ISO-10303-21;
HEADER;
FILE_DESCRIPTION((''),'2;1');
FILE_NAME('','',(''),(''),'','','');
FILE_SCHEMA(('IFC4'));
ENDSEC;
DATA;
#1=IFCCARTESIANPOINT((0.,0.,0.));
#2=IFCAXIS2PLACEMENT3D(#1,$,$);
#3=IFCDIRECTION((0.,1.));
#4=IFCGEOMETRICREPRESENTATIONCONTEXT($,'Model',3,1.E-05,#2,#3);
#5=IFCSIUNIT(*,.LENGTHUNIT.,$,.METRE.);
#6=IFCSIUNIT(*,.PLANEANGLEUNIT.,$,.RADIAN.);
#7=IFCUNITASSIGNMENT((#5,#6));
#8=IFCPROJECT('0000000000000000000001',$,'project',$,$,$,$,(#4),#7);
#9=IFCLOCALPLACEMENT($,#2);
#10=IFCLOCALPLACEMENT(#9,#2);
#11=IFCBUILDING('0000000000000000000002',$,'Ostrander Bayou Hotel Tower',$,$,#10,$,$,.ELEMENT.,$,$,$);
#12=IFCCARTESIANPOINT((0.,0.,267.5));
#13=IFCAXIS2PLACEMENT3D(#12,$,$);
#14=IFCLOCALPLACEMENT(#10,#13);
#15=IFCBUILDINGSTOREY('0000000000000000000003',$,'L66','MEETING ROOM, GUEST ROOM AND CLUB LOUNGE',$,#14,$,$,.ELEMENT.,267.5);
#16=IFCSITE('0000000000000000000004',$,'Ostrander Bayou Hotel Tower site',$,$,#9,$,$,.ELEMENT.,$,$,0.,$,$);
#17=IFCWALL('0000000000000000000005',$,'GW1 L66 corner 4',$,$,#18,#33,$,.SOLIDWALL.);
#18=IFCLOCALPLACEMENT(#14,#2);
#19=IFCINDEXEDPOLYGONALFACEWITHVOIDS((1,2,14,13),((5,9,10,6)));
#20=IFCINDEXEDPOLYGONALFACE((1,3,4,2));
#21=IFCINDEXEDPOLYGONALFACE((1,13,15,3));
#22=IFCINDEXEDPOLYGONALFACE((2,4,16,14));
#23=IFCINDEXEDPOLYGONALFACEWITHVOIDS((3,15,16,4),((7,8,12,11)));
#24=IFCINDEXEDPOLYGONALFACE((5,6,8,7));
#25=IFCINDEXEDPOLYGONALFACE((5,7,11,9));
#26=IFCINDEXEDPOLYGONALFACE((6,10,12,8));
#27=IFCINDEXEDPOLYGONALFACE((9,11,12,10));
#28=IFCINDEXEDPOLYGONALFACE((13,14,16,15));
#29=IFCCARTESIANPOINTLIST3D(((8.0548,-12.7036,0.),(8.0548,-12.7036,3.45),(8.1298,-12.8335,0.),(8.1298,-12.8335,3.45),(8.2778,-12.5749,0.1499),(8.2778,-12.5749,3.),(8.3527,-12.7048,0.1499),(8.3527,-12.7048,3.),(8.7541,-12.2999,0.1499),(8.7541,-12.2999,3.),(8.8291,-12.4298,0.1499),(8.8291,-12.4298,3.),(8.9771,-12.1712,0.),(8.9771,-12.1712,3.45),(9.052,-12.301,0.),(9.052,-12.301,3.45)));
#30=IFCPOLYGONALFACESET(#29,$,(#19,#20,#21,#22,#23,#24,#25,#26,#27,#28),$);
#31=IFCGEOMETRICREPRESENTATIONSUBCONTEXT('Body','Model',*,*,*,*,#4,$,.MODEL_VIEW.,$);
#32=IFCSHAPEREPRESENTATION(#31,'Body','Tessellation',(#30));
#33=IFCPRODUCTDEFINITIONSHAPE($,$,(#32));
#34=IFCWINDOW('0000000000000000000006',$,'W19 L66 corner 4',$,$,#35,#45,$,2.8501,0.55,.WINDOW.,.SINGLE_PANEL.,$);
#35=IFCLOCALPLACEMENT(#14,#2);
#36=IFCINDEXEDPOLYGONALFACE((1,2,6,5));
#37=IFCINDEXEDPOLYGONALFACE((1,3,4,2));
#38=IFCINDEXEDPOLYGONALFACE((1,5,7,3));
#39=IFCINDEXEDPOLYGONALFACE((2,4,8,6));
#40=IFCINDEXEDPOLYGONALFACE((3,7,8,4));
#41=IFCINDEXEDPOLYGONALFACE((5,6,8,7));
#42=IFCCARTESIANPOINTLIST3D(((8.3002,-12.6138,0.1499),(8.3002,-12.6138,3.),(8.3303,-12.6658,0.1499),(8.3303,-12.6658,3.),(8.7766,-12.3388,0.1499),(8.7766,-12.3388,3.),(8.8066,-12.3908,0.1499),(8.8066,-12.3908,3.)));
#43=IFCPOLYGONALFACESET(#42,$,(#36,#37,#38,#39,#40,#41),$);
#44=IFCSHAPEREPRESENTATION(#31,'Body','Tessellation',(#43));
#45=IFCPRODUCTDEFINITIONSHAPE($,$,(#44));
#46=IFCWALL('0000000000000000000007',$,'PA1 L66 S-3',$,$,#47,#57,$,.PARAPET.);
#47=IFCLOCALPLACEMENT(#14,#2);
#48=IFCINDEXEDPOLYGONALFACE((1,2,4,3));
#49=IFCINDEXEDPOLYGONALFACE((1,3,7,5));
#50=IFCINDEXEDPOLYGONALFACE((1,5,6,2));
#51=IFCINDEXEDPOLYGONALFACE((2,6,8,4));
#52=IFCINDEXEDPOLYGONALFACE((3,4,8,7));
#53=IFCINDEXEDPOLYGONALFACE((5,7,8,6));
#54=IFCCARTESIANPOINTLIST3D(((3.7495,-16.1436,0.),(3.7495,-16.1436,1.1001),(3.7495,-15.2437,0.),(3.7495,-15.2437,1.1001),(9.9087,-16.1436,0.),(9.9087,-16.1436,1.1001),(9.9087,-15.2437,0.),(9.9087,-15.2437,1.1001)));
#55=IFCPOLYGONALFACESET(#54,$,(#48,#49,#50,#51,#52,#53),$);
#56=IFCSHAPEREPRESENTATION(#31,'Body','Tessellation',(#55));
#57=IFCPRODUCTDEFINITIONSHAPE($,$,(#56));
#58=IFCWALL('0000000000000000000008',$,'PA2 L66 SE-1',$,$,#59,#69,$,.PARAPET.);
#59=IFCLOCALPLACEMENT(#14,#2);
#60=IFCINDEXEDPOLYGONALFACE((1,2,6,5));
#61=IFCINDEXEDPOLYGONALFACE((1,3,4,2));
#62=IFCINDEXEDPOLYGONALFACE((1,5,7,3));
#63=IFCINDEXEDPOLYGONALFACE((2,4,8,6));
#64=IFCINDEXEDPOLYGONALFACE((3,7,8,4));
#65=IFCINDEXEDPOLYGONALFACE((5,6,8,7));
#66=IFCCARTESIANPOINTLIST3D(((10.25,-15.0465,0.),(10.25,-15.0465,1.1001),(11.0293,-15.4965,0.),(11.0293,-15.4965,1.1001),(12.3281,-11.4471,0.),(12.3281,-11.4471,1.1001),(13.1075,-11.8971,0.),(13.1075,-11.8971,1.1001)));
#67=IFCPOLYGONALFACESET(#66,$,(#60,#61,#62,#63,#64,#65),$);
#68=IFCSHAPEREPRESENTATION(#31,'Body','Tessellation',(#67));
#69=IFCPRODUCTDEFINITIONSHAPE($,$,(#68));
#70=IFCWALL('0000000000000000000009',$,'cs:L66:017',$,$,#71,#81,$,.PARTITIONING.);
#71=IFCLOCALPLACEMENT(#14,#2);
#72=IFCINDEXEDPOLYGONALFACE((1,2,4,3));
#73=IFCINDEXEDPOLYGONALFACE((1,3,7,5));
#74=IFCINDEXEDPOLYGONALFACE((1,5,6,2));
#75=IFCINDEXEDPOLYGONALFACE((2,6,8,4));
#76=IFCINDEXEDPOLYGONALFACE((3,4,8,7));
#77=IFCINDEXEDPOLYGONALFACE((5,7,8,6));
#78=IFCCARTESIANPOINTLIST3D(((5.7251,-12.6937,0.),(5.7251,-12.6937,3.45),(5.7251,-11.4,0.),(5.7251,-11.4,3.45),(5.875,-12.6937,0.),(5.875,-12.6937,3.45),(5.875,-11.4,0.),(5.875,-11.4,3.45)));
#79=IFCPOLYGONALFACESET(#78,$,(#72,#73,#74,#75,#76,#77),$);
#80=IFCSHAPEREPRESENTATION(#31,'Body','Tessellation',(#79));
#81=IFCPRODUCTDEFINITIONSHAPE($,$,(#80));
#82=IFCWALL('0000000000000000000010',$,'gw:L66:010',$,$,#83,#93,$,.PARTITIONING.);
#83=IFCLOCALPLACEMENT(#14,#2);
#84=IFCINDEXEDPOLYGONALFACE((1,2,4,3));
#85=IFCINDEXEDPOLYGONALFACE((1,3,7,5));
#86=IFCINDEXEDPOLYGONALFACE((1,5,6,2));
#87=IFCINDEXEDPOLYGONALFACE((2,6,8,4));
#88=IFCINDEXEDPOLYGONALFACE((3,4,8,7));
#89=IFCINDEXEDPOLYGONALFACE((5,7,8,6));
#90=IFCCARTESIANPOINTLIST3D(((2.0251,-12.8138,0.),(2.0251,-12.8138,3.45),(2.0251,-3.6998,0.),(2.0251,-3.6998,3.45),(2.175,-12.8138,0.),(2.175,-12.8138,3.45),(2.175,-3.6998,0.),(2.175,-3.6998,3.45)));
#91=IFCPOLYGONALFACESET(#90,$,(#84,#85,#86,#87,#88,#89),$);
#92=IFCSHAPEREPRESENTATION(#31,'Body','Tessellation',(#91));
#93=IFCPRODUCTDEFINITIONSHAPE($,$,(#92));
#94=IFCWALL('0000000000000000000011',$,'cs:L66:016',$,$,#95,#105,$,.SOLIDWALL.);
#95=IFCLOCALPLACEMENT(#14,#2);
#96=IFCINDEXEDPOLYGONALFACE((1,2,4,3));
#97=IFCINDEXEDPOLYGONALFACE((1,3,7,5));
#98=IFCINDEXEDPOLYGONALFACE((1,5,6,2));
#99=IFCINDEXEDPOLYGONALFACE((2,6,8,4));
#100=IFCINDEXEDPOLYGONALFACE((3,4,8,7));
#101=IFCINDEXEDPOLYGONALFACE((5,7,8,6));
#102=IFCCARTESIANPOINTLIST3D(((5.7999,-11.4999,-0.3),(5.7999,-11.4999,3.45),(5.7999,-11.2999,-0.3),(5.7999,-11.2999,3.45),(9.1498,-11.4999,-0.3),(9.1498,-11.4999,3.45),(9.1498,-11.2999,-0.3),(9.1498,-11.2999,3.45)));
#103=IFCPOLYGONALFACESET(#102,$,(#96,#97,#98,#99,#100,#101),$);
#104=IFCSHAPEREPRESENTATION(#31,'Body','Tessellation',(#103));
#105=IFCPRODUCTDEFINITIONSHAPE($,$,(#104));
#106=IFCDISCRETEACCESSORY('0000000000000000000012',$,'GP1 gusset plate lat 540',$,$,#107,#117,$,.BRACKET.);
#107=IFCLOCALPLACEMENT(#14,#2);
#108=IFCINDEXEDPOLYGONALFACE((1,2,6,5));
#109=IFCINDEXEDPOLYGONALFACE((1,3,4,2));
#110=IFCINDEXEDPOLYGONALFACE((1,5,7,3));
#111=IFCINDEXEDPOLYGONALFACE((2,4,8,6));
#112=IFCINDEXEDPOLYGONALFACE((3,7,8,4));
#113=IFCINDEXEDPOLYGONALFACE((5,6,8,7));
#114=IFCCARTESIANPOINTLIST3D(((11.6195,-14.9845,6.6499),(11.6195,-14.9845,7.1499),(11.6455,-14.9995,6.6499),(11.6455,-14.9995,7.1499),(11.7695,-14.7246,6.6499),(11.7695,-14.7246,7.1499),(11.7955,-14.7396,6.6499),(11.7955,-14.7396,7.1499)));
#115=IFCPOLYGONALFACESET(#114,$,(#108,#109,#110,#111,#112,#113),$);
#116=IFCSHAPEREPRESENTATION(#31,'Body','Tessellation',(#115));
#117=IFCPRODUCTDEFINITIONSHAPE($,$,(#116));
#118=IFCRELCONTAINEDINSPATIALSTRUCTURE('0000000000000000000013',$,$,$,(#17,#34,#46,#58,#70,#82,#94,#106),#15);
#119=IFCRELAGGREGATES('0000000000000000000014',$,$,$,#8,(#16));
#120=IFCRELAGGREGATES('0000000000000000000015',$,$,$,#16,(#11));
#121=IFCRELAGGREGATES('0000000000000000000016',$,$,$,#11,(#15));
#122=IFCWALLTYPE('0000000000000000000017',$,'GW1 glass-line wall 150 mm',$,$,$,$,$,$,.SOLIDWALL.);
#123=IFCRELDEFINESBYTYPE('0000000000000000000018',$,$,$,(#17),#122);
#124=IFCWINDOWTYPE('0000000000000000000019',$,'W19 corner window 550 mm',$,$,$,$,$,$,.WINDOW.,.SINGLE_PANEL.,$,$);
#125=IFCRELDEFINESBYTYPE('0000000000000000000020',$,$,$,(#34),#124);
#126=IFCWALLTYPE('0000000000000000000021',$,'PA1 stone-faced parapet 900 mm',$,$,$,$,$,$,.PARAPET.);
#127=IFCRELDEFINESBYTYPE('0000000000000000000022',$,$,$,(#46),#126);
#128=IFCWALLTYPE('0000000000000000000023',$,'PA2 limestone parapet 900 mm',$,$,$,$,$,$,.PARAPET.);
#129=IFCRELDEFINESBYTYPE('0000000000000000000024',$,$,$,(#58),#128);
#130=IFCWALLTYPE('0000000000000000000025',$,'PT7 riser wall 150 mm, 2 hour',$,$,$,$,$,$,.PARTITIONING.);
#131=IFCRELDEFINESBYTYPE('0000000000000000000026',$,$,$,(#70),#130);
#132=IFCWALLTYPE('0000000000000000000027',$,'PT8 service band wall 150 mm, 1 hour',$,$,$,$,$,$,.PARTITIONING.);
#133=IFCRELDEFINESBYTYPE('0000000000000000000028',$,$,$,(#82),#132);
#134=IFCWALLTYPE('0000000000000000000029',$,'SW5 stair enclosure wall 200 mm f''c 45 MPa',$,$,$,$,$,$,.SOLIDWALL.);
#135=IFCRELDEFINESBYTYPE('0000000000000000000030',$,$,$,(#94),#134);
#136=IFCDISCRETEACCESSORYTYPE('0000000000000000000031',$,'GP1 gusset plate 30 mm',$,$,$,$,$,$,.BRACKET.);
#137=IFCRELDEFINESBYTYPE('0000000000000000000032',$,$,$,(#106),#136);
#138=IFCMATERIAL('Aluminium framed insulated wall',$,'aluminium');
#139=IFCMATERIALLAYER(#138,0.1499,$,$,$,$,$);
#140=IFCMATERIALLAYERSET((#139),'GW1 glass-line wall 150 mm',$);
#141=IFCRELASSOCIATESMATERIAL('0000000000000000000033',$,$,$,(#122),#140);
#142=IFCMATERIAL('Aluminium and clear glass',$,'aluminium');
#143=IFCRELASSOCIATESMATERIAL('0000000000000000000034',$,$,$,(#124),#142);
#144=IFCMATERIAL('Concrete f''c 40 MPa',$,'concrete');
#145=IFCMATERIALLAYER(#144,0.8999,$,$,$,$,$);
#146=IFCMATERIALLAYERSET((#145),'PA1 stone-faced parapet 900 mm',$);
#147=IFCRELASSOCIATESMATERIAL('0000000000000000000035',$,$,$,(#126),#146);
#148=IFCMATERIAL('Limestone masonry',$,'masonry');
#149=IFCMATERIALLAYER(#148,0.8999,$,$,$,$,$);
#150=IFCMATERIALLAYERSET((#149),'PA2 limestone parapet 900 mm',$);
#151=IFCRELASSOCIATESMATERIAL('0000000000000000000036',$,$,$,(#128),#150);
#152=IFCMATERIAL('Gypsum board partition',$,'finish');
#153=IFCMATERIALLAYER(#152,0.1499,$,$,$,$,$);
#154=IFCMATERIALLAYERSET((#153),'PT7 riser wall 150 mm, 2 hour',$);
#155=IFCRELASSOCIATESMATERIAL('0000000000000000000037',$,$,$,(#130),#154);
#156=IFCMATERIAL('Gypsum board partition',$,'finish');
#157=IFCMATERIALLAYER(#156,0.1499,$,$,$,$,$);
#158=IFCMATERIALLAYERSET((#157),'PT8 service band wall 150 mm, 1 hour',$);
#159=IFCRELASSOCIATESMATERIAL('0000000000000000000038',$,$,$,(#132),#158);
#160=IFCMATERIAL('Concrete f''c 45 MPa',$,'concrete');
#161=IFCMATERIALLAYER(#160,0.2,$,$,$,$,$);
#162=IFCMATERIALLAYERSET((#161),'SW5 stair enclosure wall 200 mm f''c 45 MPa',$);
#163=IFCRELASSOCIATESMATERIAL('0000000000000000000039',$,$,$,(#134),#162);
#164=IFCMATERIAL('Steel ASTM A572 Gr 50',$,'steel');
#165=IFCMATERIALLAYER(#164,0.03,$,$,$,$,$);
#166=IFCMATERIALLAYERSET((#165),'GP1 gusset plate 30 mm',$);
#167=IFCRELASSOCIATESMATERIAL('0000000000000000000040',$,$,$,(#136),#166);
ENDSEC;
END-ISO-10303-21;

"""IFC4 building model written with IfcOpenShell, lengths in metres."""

from ifc_helpers import new_model, si_unit, direction, frame, frame_2d, origin, origin_2d, place, context, subcontext, project, spatial, rectangle, extrude, material, layer, layer_set, type_object, element, fill, save


model = new_model("IFC4")

# Units and contexts
model_context = context("Model", 3, precision=1e-05, world=origin(), true_north=direction((0.0, 1.0)))
body_context = subcontext(model_context, "Body", "Model", "MODEL_VIEW")
ifc_project = project(units=[si_unit("LENGTHUNIT", "METRE"), si_unit("PLANEANGLEUNIT", "RADIAN")], contexts=[model_context])

# Site, building, storey
site_placement = place(None, origin())
site = spatial("IfcSite", under=ifc_project, at=site_placement, Name="Ostrander Bayou Hotel Tower site", CompositionType="ELEMENT", RefElevation=0.0)
building_placement = place(site_placement, origin())
building = spatial("IfcBuilding", under=site, at=building_placement, Name="Ostrander Bayou Hotel Tower", CompositionType="ELEMENT")
storey_placement = place(building_placement, frame((0.0, 0.0, 267.5)))
storey = spatial("IfcBuildingStorey", under=building, at=storey_placement, Name="L66", Description="MEETING ROOM, GUEST ROOM AND CLUB LOUNGE", CompositionType="ELEMENT", Elevation=267.5)

# Shared definitions
ifc_material_1 = material(Name="Aluminium framed insulated wall", Category="aluminium")
ifc_layer_1 = layer(ifc_material_1, 0.1499)
ifc_layer_set_1 = layer_set([ifc_layer_1], Name="GW1 glass-line wall 150 mm")
wall_type_1 = type_object("IfcWallType", Name="GW1 glass-line wall 150 mm", PredefinedType="SOLIDWALL", material=ifc_layer_set_1)

# Wall, opening, window
wall_1_placement = place(storey_placement, frame((8.0923, -12.7686, 0.0), z_axis=(0.0, 0.0, 1.0), x_axis=(0.866048, 0.499961, 0.0)))
wall_1 = element("IfcWall", 1, at=wall_1_placement, inside=storey, type_object=wall_type_1, Name="GW1 L66 corner 4", PredefinedType="SOLIDWALL", context=body_context, shape_type="SweptSolid", body=[
    extrude(rectangle(XDim=1.0649, YDim=0.1499, at=frame_2d((0.5325, 0.0))), origin(), (0.0, 0.0, 1.0), 3.45),
])
opening_1_placement = place(wall_1_placement, frame((0.2576, 0.0, 0.1499)))
opening_1 = element("IfcOpeningElement", 2, at=opening_1_placement, cuts=wall_1, PredefinedType="OPENING", context=body_context, shape_type="SweptSolid", body=[
    extrude(rectangle(XDim=0.55, YDim=2.8501, at=frame_2d((0.2749, 1.425))), frame((0.0, 0.075, 0.0), z_axis=(0.0, -1.0, 0.0), x_axis=(1.0, 0.0, 0.0)), (0.0, 0.0, 1.0), 0.1499),
])
ifc_material_2 = material(Name="Aluminium and clear glass", Category="aluminium")
window_type_1 = type_object("IfcWindowType", Name="W19 corner window 550 mm", PartitioningType="SINGLE_PANEL", PredefinedType="WINDOW", material=ifc_material_2)
window_1_placement = place(opening_1_placement, origin())
window_1 = element("IfcWindow", 3, at=window_1_placement, inside=storey, type_object=window_type_1, Name="W19 L66 corner 4", OverallHeight=2.8501, OverallWidth=0.55, PartitioningType="SINGLE_PANEL", PredefinedType="WINDOW", context=body_context, shape_type="SweptSolid", body=[
    extrude(rectangle(XDim=0.55, YDim=2.8501, at=frame_2d((0.2749, 1.425))), frame((0.0, 0.03, 0.0), z_axis=(0.0, -1.0, 0.0), x_axis=(1.0, 0.0, 0.0)), (0.0, 0.0, 1.0), 0.0601),
])
fill(opening_1, window_1)

# Walls
ifc_material_3 = material(Name="Concrete f'c 40 MPa", Category="concrete")
ifc_layer_2 = layer(ifc_material_3, 0.8999)
ifc_layer_set_2 = layer_set([ifc_layer_2], Name="PA1 stone-faced parapet 900 mm")
wall_type_2 = type_object("IfcWallType", Name="PA1 stone-faced parapet 900 mm", PredefinedType="PARAPET", material=ifc_layer_set_2)
wall_2_placement = place(storey_placement, frame((3.7495, -15.6936, 0.0), z_axis=(0.0, 0.0, 1.0), x_axis=(1.0, 0.0, 0.0)))
element("IfcWall", 4, at=wall_2_placement, inside=storey, type_object=wall_type_2, Name="PA1 L66 S-3", PredefinedType="PARAPET", context=body_context, shape_type="SweptSolid", body=[
    extrude(rectangle(XDim=6.1592, YDim=0.8999, at=frame_2d((3.0796, 0.0))), origin(), (0.0, 0.0, 1.0), 1.1001),
])
ifc_material_4 = material(Name="Limestone masonry", Category="masonry")
ifc_layer_3 = layer(ifc_material_4, 0.8999)
ifc_layer_set_3 = layer_set([ifc_layer_3], Name="PA2 limestone parapet 900 mm")
wall_type_3 = type_object("IfcWallType", Name="PA2 limestone parapet 900 mm", PredefinedType="PARAPET", material=ifc_layer_set_3)
wall_3_placement = place(storey_placement, frame((10.6396, -15.2715, 0.0), z_axis=(0.0, 0.0, 1.0), x_axis=(0.500006, 0.866022, 0.0)))
element("IfcWall", 5, at=wall_3_placement, inside=storey, type_object=wall_type_3, Name="PA2 L66 SE-1", PredefinedType="PARAPET", context=body_context, shape_type="SweptSolid", body=[
    extrude(rectangle(XDim=4.1562, YDim=0.8999, at=frame_2d((2.0781, 0.0))), origin(), (0.0, 0.0, 1.0), 1.1001),
])
ifc_material_5 = material(Name="Gypsum board partition", Category="finish")
ifc_layer_4 = layer(ifc_material_5, 0.1499)
ifc_layer_set_4 = layer_set([ifc_layer_4], Name="PT7 riser wall 150 mm, 2 hour")
wall_type_4 = type_object("IfcWallType", Name="PT7 riser wall 150 mm, 2 hour", PredefinedType="PARTITIONING", material=ifc_layer_set_4)
wall_4_placement = place(storey_placement, frame((5.8, -11.3999, 0.0), z_axis=(0.0, 0.0, 1.0), x_axis=(0.0, -1.0, 0.0)))
element("IfcWall", 6, at=wall_4_placement, inside=storey, type_object=wall_type_4, Name="cs:L66:017", PredefinedType="PARTITIONING", context=body_context, shape_type="SweptSolid", body=[
    extrude(rectangle(XDim=1.2937, YDim=0.1499, at=frame_2d((0.647, 0.0))), origin(), (0.0, 0.0, 1.0), 3.45),
])
ifc_material_6 = material(Name="Gypsum board partition", Category="finish")
ifc_layer_5 = layer(ifc_material_6, 0.1499)
ifc_layer_set_5 = layer_set([ifc_layer_5], Name="PT8 service band wall 150 mm, 1 hour")
wall_type_5 = type_object("IfcWallType", Name="PT8 service band wall 150 mm, 1 hour", PredefinedType="PARTITIONING", material=ifc_layer_set_5)
wall_5_placement = place(storey_placement, frame((2.1001, -12.814, 0.0), z_axis=(0.0, 0.0, 1.0), x_axis=(0.0, 1.0, 0.0)))
element("IfcWall", 7, at=wall_5_placement, inside=storey, type_object=wall_type_5, Name="gw:L66:010", PredefinedType="PARTITIONING", context=body_context, shape_type="SweptSolid", body=[
    extrude(rectangle(XDim=9.114, YDim=0.1499, at=frame_2d((4.5571, 0.0))), origin(), (0.0, 0.0, 1.0), 3.45),
])
ifc_material_7 = material(Name="Concrete f'c 45 MPa", Category="concrete")
ifc_layer_6 = layer(ifc_material_7, 0.2)
ifc_layer_set_6 = layer_set([ifc_layer_6], Name="SW5 stair enclosure wall 200 mm f'c 45 MPa")
wall_type_6 = type_object("IfcWallType", Name="SW5 stair enclosure wall 200 mm f'c 45 MPa", PredefinedType="SOLIDWALL", material=ifc_layer_set_6)
wall_6_placement = place(storey_placement, frame((5.8, -11.3999, -0.3), z_axis=(0.0, 0.0, 1.0), x_axis=(1.0, 0.0, 0.0)))
element("IfcWall", 8, at=wall_6_placement, inside=storey, type_object=wall_type_6, Name="cs:L66:016", PredefinedType="SOLIDWALL", context=body_context, shape_type="SweptSolid", body=[
    extrude(rectangle(XDim=3.3499, YDim=0.2, at=frame_2d((1.6748, 0.0))), origin(), (0.0, 0.0, 1.0), 3.75),
])

# Discrete accessory
ifc_material_8 = material(Name="Steel ASTM A572 Gr 50", Category="steel")
ifc_layer_7 = layer(ifc_material_8, 0.03)
ifc_layer_set_7 = layer_set([ifc_layer_7], Name="GP1 gusset plate 30 mm")
discrete_accessory_type = type_object("IfcDiscreteAccessoryType", Name="GP1 gusset plate 30 mm", PredefinedType="BRACKET", material=ifc_layer_set_7)
discrete_accessory_placement = place(storey_placement, frame((11.7075, -14.8621, 6.6499), z_axis=(0.0, 0.0, 1.0), x_axis=(0.5, 0.866025, 0.0)))
element("IfcDiscreteAccessory", 9, at=discrete_accessory_placement, inside=storey, type_object=discrete_accessory_type, Name="GP1 gusset plate lat 540", PredefinedType="BRACKET", context=body_context, shape_type="SweptSolid", body=[
    extrude(rectangle(XDim=0.3, YDim=0.03, at=origin_2d()), origin(), (0.0, 0.0, 1.0), 0.5),
])

save(model, "model.ifc")
